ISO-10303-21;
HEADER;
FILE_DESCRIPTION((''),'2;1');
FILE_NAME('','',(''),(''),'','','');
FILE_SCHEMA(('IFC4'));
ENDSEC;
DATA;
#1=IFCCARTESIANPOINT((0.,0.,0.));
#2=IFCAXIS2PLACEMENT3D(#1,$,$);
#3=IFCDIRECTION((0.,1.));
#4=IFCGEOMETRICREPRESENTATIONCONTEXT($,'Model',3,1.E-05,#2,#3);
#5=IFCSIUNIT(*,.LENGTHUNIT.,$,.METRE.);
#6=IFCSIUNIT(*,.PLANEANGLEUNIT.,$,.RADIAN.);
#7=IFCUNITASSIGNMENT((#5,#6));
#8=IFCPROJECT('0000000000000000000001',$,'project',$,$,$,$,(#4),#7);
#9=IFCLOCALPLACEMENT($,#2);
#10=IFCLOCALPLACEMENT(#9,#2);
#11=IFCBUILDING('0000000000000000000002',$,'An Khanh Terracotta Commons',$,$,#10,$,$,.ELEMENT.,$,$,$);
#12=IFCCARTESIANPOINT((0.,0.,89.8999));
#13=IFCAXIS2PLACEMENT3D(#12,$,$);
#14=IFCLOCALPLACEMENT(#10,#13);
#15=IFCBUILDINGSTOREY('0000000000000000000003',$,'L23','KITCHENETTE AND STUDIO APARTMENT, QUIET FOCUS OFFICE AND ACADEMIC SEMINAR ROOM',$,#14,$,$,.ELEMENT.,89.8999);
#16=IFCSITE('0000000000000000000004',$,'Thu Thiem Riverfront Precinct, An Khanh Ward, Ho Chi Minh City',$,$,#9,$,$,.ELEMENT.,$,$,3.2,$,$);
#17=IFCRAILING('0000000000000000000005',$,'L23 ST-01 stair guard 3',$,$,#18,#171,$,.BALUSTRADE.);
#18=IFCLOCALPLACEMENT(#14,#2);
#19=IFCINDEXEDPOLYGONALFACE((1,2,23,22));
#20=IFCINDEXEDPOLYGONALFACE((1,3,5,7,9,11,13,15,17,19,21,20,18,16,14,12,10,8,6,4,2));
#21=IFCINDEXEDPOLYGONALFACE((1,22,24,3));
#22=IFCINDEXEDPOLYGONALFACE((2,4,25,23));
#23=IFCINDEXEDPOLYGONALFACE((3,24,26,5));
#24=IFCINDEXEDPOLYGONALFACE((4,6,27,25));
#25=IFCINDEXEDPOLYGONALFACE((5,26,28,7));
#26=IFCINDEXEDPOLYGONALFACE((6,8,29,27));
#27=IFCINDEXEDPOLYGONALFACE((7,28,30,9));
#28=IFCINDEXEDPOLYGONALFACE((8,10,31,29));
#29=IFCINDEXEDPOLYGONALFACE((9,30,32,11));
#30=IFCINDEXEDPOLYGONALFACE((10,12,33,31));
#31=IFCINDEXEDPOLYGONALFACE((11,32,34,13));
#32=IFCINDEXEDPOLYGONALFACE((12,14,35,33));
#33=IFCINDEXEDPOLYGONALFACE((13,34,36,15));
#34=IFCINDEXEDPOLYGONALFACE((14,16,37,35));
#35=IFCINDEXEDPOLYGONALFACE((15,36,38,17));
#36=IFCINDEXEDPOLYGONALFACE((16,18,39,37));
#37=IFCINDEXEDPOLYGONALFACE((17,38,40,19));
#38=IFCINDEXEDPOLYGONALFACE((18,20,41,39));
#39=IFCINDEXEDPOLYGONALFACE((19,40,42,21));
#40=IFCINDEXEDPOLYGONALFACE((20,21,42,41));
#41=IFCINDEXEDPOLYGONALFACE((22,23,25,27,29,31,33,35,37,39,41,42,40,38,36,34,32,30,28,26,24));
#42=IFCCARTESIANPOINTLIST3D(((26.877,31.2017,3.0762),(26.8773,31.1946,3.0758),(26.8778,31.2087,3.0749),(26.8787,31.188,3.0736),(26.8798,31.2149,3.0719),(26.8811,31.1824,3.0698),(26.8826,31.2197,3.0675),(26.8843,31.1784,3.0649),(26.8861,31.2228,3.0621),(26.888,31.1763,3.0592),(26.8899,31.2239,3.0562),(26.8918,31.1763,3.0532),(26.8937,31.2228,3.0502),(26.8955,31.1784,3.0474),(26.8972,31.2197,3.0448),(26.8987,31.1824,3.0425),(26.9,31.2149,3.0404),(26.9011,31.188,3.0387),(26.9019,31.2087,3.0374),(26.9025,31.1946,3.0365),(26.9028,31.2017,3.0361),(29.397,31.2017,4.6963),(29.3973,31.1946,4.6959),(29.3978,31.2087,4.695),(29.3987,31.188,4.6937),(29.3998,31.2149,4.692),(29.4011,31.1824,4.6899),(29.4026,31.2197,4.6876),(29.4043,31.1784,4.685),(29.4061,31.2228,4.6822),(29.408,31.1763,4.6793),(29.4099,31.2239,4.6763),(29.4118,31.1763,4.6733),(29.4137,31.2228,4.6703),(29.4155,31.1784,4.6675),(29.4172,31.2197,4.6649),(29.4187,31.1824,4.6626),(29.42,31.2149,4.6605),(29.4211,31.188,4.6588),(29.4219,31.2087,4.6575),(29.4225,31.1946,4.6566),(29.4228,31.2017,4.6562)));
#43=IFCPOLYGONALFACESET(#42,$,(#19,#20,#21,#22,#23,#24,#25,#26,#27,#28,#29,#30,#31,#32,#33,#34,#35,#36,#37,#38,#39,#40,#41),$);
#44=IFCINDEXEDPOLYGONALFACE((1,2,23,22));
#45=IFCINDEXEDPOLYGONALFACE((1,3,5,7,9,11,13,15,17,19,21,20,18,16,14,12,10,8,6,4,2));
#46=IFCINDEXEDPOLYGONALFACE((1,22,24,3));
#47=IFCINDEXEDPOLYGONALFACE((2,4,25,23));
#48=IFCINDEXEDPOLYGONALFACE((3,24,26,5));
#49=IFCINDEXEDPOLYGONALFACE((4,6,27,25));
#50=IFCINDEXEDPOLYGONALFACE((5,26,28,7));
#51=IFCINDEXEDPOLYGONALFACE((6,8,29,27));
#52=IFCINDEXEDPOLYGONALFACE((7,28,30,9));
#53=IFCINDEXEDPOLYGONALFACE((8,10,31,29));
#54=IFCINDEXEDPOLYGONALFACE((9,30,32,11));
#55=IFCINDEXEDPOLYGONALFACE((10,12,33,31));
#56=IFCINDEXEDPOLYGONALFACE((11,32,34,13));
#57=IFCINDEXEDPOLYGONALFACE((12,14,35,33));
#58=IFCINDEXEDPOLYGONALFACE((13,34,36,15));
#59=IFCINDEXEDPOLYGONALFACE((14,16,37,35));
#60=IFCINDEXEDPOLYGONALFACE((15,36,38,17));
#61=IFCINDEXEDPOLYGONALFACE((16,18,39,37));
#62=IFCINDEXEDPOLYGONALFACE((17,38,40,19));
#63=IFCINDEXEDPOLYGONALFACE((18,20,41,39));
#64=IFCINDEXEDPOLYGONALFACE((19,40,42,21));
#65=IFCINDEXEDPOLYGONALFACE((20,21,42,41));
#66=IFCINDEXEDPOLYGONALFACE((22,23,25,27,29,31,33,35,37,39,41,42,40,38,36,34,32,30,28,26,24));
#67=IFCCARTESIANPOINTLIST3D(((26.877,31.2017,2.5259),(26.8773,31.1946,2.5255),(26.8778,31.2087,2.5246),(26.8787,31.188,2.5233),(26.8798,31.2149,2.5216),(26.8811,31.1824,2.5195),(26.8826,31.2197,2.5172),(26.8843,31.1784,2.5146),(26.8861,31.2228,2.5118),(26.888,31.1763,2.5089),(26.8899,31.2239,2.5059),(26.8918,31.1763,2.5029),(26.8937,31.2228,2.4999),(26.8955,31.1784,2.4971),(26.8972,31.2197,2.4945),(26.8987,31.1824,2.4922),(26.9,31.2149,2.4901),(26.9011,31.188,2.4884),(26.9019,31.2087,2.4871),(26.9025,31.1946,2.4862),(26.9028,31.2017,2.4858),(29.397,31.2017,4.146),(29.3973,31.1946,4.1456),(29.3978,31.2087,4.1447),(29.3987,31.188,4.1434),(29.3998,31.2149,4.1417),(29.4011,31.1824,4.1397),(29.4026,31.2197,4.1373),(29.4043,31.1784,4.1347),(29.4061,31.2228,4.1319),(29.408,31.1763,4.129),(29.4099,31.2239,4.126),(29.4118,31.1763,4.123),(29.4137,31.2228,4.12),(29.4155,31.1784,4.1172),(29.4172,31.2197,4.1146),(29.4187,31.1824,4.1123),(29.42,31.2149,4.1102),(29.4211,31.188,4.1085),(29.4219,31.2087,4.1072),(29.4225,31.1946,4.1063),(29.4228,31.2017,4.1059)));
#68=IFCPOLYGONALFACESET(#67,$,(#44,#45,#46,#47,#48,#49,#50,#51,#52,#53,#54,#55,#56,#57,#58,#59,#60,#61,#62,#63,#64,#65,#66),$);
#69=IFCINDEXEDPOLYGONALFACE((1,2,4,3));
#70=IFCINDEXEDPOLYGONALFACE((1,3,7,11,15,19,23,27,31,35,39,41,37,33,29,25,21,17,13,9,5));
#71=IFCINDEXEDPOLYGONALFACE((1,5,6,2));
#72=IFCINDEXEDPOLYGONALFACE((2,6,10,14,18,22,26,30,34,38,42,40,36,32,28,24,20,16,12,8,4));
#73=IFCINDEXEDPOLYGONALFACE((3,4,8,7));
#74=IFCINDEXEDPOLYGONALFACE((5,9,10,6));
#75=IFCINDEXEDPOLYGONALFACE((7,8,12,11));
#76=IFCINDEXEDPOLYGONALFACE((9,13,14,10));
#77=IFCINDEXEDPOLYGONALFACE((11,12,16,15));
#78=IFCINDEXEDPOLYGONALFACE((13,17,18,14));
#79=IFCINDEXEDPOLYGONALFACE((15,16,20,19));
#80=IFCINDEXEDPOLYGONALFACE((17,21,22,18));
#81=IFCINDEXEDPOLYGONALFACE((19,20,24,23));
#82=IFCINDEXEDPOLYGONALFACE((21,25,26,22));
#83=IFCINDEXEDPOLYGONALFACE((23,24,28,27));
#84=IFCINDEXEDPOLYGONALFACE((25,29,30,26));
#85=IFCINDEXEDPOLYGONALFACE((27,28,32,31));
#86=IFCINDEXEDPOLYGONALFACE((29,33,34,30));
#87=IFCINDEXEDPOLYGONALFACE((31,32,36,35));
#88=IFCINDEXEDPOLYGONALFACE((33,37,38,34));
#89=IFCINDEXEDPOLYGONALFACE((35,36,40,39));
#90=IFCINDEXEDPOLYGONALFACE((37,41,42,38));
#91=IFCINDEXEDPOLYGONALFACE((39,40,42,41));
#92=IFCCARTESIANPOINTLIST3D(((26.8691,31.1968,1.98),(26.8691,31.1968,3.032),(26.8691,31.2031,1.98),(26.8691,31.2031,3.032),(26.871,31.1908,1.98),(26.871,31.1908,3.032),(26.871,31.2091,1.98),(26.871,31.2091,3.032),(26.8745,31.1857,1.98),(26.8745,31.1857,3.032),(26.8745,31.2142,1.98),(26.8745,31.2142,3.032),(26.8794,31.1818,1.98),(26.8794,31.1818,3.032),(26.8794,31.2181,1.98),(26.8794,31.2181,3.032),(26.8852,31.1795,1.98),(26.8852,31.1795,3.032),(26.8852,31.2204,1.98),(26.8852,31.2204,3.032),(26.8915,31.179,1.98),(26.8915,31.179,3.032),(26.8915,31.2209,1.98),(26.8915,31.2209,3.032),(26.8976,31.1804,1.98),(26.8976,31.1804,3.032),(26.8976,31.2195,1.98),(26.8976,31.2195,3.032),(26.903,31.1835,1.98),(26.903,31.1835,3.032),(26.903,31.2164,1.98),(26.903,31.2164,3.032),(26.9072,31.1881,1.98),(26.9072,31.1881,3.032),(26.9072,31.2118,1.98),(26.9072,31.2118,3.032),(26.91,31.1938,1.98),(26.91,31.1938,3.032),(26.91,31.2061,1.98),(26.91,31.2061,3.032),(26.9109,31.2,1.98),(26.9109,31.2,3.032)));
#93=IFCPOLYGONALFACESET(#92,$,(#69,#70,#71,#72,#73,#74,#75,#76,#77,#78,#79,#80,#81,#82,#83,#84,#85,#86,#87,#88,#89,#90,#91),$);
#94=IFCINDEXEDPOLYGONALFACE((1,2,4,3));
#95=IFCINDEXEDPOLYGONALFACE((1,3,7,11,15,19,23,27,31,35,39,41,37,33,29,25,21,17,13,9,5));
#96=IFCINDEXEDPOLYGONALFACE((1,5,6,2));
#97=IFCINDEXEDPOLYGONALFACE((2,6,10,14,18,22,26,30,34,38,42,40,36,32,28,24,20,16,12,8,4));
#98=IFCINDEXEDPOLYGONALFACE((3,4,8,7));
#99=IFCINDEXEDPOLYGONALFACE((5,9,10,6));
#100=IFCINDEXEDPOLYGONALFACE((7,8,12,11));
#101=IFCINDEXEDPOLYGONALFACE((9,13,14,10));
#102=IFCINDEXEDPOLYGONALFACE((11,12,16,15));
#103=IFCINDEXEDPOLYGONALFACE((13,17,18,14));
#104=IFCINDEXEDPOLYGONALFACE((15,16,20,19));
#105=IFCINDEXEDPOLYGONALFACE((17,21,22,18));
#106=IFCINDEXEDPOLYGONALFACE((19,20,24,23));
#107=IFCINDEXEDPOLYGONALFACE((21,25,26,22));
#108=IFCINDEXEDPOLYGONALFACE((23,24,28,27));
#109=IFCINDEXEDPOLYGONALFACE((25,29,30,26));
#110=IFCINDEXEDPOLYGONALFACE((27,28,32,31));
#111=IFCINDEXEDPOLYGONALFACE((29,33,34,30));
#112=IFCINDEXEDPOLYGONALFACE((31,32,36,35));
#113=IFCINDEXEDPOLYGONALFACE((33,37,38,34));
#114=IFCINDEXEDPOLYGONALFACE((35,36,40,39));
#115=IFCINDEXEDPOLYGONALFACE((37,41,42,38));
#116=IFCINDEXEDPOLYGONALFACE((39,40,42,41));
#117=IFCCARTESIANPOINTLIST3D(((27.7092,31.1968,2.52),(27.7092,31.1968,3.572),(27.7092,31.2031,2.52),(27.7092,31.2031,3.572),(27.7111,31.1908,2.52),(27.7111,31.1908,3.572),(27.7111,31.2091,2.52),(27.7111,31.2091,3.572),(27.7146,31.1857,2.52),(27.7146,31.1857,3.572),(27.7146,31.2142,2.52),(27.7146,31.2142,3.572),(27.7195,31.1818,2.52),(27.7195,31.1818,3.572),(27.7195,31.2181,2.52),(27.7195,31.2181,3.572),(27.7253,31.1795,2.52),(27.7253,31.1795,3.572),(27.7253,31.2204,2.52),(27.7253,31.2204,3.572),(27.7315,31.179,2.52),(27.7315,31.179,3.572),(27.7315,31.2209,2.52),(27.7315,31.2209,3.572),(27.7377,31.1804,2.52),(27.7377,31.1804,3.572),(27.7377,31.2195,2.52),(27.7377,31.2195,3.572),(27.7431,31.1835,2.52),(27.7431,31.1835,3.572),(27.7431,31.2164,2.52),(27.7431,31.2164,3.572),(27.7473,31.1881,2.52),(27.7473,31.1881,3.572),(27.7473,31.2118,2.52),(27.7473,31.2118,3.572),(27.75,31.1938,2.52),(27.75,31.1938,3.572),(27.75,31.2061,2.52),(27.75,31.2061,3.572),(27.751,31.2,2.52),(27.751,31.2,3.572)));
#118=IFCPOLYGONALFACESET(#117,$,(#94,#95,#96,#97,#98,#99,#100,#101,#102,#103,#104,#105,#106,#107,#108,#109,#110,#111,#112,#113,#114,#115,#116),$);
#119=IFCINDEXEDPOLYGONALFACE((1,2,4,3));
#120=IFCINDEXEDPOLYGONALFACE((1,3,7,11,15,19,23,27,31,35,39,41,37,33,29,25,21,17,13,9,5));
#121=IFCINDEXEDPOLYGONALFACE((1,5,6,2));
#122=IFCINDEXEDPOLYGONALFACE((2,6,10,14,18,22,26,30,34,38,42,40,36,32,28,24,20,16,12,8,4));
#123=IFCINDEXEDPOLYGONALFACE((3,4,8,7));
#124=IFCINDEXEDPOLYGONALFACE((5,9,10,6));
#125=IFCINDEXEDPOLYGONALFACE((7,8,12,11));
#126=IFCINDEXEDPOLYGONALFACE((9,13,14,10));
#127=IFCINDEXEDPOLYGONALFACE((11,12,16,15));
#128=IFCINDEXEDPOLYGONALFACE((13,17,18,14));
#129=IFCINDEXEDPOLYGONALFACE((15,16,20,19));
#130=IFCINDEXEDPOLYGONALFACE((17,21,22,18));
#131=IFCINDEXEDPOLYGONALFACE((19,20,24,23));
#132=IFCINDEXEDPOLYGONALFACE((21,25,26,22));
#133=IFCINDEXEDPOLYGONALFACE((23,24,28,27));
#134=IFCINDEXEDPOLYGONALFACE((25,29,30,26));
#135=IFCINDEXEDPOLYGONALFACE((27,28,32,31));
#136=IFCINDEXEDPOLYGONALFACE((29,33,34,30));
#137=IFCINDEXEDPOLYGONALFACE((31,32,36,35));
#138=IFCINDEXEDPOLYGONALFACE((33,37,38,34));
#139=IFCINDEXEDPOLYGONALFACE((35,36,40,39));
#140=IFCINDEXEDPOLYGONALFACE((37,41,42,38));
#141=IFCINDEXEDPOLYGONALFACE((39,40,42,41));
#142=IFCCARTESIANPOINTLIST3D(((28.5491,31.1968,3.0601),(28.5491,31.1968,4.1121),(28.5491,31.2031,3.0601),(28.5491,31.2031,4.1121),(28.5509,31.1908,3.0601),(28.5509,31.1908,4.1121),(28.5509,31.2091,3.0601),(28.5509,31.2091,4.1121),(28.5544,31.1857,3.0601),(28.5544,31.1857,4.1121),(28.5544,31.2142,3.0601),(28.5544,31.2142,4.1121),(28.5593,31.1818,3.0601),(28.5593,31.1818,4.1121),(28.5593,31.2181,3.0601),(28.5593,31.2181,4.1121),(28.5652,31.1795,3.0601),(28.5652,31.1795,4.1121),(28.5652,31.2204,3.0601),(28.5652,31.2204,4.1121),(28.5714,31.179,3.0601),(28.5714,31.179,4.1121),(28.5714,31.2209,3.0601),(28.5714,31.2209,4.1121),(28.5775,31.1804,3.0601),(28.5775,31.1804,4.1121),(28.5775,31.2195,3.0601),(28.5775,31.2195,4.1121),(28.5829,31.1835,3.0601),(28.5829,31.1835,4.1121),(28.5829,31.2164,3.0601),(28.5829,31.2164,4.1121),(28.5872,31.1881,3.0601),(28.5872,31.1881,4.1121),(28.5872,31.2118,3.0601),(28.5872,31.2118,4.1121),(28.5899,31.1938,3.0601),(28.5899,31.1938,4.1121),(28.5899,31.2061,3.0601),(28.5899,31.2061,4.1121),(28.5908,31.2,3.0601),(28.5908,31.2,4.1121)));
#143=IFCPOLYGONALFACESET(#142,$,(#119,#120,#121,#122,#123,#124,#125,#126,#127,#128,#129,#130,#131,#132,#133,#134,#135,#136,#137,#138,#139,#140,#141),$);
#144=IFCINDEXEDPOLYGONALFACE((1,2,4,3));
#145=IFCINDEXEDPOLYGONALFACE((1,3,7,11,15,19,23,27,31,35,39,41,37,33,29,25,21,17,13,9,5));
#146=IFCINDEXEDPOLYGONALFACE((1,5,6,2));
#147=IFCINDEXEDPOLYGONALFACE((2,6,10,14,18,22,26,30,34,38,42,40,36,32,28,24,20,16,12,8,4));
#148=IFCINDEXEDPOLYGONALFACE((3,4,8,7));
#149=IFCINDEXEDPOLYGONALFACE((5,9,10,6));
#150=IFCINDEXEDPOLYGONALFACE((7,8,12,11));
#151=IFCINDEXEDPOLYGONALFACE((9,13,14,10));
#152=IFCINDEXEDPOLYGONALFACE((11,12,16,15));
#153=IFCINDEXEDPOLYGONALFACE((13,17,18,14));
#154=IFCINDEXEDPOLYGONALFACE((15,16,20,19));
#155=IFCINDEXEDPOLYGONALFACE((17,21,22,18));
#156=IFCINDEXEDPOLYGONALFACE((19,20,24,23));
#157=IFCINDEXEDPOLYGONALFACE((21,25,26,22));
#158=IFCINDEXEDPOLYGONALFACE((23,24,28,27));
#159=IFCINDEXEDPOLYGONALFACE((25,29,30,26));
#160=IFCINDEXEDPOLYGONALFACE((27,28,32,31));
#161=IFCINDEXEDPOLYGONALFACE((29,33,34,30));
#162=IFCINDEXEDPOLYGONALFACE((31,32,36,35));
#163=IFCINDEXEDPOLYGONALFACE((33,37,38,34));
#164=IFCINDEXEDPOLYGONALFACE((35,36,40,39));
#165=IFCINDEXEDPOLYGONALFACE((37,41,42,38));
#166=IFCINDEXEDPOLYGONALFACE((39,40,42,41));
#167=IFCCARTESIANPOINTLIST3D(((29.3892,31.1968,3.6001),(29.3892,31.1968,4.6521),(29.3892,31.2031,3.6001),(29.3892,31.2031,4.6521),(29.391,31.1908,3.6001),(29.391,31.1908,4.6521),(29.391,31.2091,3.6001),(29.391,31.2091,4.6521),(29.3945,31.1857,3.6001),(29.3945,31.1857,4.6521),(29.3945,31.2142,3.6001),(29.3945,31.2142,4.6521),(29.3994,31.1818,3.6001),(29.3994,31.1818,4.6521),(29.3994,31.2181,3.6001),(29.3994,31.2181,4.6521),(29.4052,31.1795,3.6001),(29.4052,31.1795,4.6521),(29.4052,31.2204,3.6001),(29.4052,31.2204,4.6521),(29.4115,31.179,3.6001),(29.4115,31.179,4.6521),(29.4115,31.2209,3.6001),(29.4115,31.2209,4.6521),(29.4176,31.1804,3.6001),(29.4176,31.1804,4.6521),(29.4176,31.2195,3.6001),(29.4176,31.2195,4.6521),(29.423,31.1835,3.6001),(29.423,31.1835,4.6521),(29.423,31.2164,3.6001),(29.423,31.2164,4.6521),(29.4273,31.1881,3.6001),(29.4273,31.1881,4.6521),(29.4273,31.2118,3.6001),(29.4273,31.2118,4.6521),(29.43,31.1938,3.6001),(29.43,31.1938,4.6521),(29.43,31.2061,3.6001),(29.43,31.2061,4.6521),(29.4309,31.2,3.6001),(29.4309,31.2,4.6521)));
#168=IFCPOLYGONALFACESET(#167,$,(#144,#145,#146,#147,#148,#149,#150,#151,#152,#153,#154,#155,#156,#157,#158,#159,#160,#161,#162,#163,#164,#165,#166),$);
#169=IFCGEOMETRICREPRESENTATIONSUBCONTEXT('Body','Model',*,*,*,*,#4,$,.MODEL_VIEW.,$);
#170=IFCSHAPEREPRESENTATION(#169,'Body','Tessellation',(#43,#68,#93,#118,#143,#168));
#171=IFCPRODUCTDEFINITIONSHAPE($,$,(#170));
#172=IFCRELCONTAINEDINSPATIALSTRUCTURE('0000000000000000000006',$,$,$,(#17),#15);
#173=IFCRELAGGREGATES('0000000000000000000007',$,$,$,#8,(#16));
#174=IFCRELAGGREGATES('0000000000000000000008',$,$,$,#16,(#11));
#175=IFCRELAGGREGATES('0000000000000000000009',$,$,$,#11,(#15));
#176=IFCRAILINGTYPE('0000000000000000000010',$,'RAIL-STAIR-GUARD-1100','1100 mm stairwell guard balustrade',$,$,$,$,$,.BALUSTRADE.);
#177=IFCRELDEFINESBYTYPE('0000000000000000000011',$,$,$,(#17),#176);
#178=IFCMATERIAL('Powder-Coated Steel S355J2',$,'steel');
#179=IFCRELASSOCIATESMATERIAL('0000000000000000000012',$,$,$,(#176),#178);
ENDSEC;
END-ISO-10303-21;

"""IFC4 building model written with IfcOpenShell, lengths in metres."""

from ifc_helpers import new_model, si_unit, direction, frame, origin, origin_2d, place, context, subcontext, project, spatial, circle, extrude, material, type_object, element, save


model = new_model("IFC4")

# Units and contexts
model_context = context("Model", 3, precision=1e-05, world=origin(), true_north=direction((0.0, 1.0)))
body_context = subcontext(model_context, "Body", "Model", "MODEL_VIEW")
ifc_project = project(units=[si_unit("LENGTHUNIT", "METRE"), si_unit("PLANEANGLEUNIT", "RADIAN")], contexts=[model_context])

# Site, building, storey
site_placement = place(None, origin())
site = spatial("IfcSite", under=ifc_project, at=site_placement, Name="Thu Thiem Riverfront Precinct, An Khanh Ward, Ho Chi Minh City", CompositionType="ELEMENT", RefElevation=3.2)
building_placement = place(site_placement, origin())
building = spatial("IfcBuilding", under=site, at=building_placement, Name="An Khanh Terracotta Commons", CompositionType="ELEMENT")
storey_placement = place(building_placement, frame((0.0, 0.0, 89.8999)))
storey = spatial("IfcBuildingStorey", under=building, at=storey_placement, Name="L23", Description="KITCHENETTE AND STUDIO APARTMENT, QUIET FOCUS OFFICE AND ACADEMIC SEMINAR ROOM", CompositionType="ELEMENT", Elevation=89.8999)

# Railing
ifc_material_1 = material(Name="Powder-Coated Steel S355J2", Category="steel")
railing_type_1 = type_object("IfcRailingType", Name="RAIL-STAIR-GUARD-1100", Description="1100 mm stairwell guard balustrade", PredefinedType="BALUSTRADE", material=ifc_material_1)
railing_1_placement = place(storey_placement, frame((26.8899, 31.2, 1.98)))
element("IfcRailing", 1, at=railing_1_placement, inside=storey, type_object=railing_type_1, Name="L23 ST-01 stair guard 3", PredefinedType="BALUSTRADE", context=body_context, shape_type="SweptSolid", body=[
    extrude(circle(Radius=0.0239, at=origin_2d()), frame((0.0, 0.0, 1.0762), z_axis=(0.841163, 0.0, 0.540782), x_axis=(0.0, 1.0, 0.0)), (0.0, 0.0, 1.0), 2.9958),
    extrude(circle(Radius=0.0239, at=origin_2d()), frame((0.0, 0.0, 0.5259), z_axis=(0.841163, 0.0, 0.540782), x_axis=(0.0, 1.0, 0.0)), (0.0, 0.0, 1.0), 2.9958),
    extrude(circle(Radius=0.021, at=origin_2d()), origin(), (0.0, 0.0, 1.0), 1.052),
    extrude(circle(Radius=0.021, at=origin_2d()), frame((0.8401, 0.0, 0.54)), (0.0, 0.0, 1.0), 1.052),
    extrude(circle(Radius=0.021, at=origin_2d()), frame((1.6799, 0.0, 1.0801)), (0.0, 0.0, 1.0), 1.052),
    extrude(circle(Radius=0.021, at=origin_2d()), frame((2.52, 0.0, 1.6201)), (0.0, 0.0, 1.0), 1.052),
])

save(model, "model.ifc")
